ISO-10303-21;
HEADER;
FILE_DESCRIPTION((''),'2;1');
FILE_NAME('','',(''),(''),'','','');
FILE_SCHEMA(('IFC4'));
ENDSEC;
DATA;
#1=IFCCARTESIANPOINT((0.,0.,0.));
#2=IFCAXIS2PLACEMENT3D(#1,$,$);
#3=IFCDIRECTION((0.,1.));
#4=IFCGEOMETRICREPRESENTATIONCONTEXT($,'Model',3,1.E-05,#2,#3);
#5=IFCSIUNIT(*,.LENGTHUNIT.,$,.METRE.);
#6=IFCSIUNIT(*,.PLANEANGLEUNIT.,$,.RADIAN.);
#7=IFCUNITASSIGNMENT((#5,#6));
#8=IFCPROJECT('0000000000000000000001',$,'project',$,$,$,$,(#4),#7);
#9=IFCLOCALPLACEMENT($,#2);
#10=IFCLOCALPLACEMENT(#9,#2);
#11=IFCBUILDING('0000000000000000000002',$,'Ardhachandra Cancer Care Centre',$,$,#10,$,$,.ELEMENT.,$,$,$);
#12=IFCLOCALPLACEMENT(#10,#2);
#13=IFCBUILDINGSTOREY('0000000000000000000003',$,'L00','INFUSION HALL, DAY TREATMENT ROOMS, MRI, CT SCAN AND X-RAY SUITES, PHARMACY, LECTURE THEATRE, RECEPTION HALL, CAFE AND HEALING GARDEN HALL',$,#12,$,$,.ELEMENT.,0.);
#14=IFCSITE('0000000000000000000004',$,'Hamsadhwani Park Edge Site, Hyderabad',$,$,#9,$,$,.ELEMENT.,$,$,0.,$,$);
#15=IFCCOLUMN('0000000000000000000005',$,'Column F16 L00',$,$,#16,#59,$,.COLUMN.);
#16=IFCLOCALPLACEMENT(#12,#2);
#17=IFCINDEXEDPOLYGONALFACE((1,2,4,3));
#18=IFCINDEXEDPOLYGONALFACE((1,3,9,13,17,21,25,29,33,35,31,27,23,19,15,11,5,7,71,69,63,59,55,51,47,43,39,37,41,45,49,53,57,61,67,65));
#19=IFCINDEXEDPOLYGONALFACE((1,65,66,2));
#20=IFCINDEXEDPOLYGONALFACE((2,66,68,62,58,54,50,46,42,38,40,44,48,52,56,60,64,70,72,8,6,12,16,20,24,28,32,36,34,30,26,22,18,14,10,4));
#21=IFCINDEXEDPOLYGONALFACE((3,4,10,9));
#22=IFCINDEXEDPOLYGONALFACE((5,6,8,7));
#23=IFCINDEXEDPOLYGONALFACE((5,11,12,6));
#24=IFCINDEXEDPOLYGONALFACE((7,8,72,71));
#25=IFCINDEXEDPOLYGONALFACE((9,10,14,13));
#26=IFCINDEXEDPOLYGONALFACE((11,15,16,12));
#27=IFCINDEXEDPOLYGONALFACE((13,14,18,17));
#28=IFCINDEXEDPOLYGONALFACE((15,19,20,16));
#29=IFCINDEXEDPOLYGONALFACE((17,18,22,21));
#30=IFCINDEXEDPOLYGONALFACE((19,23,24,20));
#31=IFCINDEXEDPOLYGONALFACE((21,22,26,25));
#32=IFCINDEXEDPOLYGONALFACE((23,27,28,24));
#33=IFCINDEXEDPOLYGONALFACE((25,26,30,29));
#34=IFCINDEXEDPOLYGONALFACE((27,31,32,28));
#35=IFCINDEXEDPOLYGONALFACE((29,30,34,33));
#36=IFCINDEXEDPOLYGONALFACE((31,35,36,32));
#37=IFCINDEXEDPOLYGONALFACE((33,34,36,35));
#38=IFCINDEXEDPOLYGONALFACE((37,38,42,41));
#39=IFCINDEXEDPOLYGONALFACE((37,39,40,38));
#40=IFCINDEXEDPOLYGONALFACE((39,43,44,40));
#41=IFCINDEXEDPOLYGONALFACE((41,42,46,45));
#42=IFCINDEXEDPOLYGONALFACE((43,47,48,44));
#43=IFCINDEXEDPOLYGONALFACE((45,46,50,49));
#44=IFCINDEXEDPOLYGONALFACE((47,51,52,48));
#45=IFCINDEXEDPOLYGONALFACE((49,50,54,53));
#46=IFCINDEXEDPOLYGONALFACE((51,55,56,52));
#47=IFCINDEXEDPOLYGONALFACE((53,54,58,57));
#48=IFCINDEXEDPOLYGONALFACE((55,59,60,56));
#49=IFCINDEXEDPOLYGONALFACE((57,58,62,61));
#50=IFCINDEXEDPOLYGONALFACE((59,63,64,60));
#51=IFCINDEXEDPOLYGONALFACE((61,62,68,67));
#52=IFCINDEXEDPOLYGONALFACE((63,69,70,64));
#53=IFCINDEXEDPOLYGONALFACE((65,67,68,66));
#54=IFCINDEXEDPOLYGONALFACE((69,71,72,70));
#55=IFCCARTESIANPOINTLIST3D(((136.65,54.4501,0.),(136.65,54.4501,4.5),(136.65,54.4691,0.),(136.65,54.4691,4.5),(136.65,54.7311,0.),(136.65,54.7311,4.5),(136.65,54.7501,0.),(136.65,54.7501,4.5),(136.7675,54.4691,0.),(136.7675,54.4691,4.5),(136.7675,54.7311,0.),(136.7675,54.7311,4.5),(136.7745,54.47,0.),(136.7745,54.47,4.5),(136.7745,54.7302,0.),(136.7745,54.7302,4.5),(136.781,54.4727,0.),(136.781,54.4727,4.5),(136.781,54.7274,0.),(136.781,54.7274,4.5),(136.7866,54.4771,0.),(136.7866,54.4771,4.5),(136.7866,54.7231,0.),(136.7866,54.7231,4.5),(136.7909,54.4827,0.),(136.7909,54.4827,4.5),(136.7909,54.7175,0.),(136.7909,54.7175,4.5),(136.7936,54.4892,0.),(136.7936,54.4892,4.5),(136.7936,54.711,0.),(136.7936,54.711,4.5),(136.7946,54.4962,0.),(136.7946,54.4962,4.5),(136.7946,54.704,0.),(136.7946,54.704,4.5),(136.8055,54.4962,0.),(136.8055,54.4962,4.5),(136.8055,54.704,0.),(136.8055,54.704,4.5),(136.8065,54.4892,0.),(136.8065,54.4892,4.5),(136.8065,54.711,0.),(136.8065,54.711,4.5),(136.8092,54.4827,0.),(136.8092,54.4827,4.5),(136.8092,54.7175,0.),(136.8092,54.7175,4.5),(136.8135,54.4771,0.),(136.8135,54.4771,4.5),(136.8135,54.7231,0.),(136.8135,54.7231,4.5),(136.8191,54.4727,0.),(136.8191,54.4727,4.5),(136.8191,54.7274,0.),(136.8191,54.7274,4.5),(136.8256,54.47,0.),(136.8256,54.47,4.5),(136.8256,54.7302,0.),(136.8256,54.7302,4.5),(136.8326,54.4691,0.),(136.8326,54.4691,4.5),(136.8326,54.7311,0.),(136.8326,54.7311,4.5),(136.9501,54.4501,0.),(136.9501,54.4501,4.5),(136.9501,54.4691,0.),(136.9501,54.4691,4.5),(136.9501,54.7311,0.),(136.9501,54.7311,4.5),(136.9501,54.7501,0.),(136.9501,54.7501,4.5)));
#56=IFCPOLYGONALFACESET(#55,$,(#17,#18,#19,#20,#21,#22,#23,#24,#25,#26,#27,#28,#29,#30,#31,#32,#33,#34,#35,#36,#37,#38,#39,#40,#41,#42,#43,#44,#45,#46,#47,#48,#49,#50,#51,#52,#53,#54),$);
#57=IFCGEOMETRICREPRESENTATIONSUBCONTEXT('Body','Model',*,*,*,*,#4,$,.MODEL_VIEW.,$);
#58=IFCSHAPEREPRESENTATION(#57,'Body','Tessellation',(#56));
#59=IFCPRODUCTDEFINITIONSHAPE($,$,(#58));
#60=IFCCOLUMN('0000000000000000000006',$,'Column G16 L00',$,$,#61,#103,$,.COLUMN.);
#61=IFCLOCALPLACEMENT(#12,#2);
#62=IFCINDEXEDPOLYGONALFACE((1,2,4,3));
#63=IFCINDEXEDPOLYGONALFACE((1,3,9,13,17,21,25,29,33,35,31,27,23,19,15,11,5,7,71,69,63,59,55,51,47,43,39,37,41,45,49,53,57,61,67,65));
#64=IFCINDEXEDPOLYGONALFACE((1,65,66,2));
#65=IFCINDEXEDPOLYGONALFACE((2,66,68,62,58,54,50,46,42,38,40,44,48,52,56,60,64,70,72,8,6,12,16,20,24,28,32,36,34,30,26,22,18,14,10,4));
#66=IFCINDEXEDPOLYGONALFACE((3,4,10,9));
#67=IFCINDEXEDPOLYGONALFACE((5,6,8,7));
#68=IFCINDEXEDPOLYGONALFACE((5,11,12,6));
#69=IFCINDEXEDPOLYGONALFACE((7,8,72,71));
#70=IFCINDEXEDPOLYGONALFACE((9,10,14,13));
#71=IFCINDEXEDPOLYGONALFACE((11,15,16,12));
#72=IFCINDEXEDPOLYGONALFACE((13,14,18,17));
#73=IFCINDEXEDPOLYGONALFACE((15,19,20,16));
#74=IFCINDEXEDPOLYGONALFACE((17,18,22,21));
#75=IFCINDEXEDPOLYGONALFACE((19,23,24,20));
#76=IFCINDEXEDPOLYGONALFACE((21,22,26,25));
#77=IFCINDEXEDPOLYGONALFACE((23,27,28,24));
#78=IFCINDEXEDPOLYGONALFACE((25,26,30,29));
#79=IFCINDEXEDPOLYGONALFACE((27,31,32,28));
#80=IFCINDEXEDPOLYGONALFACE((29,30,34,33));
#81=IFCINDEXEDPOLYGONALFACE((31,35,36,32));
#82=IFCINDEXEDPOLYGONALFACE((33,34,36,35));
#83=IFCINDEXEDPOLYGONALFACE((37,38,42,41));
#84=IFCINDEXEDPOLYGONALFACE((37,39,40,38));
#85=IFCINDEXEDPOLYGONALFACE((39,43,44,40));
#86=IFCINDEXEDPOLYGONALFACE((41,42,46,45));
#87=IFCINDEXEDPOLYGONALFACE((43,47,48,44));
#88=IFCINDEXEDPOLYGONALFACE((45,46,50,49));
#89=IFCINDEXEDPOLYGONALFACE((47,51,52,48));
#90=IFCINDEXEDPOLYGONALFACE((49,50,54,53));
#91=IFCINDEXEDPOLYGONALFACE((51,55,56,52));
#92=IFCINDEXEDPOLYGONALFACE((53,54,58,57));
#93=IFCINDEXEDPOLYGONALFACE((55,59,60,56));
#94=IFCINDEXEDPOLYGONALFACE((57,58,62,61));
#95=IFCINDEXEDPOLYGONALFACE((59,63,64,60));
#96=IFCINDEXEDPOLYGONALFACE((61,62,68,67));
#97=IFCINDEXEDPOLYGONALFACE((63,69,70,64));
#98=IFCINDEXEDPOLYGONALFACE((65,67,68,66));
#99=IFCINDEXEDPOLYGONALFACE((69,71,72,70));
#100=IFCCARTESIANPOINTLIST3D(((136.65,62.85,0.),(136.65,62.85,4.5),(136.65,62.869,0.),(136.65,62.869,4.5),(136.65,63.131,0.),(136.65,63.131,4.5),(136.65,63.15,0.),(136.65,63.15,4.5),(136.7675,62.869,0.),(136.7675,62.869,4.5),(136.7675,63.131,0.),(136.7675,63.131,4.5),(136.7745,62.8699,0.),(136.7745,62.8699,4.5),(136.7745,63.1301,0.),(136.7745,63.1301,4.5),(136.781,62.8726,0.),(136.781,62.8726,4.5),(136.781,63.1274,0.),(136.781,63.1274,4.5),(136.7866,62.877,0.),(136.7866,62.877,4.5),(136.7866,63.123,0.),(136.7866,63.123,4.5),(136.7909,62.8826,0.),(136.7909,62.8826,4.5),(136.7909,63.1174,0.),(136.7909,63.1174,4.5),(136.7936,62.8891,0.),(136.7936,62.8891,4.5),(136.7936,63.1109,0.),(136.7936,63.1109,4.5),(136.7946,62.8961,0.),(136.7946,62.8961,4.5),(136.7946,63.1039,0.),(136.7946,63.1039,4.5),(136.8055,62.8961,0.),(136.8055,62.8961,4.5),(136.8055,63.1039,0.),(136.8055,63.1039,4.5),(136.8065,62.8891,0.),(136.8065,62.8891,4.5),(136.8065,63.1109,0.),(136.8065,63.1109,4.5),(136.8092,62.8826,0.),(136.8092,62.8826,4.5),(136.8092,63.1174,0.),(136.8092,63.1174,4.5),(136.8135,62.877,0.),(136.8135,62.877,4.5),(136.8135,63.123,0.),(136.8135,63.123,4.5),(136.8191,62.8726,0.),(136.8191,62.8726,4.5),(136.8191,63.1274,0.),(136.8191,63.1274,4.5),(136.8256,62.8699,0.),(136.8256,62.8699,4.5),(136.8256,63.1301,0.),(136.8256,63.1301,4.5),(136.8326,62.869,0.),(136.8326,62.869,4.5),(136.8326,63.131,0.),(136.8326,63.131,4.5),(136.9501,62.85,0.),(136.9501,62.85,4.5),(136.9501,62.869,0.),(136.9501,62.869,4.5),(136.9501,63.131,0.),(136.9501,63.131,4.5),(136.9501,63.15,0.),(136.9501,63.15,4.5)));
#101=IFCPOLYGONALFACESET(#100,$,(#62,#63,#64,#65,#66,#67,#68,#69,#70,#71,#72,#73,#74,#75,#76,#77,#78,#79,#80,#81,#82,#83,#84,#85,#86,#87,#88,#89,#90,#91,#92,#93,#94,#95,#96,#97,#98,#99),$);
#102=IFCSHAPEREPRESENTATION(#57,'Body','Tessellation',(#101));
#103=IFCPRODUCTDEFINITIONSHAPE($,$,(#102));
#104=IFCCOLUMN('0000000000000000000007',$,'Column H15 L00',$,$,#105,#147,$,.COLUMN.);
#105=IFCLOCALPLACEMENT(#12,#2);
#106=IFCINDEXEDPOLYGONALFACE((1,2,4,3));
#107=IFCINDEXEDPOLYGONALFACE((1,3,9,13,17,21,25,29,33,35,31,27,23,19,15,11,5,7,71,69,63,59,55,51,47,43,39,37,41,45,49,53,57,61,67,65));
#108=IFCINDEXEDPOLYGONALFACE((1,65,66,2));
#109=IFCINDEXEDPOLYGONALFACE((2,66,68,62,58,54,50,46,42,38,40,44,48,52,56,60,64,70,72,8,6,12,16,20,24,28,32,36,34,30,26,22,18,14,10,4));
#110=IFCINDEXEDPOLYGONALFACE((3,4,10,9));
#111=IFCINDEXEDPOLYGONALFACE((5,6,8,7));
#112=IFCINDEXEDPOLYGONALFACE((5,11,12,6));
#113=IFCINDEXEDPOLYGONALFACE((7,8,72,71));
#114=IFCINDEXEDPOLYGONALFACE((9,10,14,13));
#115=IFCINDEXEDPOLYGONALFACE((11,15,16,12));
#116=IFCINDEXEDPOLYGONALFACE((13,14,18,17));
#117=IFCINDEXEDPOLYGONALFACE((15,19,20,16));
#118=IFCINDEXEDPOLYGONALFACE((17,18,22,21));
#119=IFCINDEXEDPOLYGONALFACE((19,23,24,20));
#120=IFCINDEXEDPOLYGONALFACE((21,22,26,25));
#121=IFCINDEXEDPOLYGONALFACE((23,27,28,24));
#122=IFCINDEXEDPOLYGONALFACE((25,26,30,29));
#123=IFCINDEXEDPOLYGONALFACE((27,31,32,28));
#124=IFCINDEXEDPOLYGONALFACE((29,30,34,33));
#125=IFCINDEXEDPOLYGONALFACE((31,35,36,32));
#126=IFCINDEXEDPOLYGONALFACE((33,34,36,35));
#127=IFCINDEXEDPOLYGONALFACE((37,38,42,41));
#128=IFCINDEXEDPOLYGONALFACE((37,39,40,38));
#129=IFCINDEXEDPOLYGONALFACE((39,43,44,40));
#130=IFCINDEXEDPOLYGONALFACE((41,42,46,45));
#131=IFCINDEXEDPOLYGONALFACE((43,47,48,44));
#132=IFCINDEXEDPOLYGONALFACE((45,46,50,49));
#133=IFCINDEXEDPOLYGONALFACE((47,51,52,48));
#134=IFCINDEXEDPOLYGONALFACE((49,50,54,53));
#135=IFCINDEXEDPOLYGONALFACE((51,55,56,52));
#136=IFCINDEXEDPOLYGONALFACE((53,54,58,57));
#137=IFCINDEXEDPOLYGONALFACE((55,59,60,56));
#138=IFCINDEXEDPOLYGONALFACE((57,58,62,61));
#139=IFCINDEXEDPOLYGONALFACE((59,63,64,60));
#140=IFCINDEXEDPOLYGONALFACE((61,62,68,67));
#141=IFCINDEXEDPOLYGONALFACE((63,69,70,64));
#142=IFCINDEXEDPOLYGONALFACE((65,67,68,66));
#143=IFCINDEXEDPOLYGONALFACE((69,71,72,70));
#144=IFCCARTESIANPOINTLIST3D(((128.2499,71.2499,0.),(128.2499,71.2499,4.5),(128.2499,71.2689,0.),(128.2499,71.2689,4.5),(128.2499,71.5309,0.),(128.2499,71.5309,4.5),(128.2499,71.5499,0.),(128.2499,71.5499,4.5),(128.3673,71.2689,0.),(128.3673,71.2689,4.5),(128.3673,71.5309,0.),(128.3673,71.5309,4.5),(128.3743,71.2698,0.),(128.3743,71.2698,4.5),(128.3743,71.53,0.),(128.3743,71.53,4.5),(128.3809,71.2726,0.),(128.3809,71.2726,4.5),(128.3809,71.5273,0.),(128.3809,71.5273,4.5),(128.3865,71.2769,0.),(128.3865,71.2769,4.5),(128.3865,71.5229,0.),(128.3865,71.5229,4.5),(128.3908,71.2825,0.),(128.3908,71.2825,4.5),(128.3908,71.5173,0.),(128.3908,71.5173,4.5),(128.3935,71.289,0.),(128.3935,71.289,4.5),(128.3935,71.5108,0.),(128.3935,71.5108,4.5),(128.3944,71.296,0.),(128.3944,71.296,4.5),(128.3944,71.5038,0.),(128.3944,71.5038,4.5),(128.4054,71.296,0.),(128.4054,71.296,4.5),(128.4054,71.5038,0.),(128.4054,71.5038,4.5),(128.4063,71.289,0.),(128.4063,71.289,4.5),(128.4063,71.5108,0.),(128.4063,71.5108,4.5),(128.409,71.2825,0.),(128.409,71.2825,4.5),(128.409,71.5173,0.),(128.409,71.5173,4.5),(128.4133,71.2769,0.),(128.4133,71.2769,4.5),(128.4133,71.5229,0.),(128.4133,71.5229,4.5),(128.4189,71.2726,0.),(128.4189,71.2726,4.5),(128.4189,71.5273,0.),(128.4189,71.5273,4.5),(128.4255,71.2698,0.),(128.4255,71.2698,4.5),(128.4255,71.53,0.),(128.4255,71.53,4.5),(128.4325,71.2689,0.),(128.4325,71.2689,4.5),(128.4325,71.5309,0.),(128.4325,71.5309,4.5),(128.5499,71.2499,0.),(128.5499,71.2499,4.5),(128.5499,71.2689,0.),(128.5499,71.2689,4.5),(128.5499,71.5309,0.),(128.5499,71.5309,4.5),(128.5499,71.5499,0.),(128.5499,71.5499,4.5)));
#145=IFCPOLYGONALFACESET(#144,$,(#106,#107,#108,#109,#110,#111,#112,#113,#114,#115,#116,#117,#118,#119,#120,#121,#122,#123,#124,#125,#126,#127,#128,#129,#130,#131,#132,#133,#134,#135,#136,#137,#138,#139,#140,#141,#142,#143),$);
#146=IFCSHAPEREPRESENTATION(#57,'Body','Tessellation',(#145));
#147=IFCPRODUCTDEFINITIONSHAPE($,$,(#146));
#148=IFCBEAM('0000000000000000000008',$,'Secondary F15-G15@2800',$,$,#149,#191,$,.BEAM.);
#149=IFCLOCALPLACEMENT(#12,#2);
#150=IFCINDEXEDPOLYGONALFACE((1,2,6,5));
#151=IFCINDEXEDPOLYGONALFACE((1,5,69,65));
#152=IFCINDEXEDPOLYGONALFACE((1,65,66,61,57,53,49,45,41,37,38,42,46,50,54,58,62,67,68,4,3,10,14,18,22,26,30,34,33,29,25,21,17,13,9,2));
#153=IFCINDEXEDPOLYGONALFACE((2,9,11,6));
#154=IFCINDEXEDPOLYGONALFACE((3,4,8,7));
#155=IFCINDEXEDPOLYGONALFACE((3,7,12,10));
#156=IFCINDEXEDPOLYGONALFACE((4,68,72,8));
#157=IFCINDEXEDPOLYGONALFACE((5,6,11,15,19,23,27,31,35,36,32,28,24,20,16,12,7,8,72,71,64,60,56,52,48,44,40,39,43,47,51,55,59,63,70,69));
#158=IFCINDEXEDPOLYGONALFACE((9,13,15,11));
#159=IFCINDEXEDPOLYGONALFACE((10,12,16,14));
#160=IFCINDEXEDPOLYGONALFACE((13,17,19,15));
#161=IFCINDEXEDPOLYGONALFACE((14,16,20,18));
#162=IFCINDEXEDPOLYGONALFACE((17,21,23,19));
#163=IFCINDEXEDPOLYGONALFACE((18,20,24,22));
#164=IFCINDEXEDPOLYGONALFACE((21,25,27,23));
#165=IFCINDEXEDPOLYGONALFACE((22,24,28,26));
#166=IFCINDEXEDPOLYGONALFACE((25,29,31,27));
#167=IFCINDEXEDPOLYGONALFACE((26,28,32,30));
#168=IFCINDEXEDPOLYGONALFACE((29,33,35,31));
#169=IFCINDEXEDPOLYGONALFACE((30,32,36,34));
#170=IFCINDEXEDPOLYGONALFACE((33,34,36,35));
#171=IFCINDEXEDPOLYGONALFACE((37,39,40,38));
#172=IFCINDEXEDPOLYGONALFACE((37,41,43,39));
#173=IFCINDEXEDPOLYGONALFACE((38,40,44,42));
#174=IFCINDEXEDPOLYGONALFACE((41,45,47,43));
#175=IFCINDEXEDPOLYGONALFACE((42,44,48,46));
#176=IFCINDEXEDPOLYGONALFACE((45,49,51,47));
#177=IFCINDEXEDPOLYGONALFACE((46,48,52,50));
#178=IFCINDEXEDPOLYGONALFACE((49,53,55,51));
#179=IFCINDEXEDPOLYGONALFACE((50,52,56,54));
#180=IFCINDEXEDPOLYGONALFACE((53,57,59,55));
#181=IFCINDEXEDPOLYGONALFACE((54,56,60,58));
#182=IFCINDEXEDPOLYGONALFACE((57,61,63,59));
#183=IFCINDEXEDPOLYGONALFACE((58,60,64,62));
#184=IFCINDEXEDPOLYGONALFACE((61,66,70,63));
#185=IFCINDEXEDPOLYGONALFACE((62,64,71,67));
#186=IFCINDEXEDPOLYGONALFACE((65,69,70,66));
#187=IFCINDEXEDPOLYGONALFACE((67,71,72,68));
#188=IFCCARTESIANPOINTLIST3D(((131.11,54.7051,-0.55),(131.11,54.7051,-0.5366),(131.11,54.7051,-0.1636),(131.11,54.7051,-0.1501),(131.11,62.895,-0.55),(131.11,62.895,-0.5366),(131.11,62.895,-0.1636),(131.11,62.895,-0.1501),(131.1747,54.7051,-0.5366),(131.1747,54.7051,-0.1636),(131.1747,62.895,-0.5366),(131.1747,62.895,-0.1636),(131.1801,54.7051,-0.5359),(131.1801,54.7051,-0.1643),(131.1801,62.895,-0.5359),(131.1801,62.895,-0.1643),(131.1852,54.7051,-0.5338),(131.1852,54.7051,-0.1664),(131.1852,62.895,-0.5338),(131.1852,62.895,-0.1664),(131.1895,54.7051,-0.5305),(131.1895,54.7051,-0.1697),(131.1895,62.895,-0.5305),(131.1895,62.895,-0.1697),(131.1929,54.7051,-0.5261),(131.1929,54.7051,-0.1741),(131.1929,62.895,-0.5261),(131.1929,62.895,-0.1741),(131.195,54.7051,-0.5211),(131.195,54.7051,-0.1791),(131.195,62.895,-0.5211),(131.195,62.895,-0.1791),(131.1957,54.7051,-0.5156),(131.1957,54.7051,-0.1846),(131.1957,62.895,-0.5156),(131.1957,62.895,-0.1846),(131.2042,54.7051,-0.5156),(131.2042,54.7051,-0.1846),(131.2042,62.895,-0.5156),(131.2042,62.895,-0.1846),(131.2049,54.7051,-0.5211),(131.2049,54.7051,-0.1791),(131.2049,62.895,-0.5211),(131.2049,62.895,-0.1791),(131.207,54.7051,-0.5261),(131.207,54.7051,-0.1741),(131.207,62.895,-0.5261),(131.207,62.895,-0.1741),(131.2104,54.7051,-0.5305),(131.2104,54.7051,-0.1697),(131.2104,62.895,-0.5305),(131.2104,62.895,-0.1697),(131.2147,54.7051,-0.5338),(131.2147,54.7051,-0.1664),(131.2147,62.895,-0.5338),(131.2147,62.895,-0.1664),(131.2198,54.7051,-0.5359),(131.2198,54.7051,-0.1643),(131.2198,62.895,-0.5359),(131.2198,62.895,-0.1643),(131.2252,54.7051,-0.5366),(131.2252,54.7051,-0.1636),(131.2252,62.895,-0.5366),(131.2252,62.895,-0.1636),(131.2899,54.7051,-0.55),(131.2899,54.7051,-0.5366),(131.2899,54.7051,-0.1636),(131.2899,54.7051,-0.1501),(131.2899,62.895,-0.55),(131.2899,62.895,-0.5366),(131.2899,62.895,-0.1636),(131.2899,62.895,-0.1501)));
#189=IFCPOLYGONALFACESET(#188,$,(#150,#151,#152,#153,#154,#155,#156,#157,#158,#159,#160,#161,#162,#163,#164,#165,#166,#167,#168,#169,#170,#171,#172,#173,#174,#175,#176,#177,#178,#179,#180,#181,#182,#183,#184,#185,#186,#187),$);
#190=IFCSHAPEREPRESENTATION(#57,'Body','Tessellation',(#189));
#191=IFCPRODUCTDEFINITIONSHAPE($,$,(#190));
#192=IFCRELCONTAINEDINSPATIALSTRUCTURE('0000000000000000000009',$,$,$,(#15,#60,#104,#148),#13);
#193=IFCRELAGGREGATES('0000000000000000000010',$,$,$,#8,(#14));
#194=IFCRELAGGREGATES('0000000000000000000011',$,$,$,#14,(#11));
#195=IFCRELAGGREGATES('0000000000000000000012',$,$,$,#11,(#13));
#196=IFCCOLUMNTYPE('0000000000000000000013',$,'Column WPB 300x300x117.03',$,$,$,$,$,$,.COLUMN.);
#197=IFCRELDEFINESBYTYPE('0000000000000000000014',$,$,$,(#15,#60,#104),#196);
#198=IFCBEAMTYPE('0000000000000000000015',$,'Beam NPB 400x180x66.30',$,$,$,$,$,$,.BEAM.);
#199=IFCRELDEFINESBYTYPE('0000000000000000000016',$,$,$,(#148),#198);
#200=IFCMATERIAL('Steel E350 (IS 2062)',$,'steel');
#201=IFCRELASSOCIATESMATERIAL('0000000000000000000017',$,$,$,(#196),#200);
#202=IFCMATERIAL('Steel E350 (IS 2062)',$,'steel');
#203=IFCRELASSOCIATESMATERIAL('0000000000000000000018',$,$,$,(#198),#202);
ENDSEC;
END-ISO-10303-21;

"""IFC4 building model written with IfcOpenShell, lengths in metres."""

from ifc_helpers import new_model, si_unit, direction, frame, origin, origin_2d, place, context, subcontext, project, spatial, i_section, extrude, material, material_profile, profile_set, type_object, element, save


model = new_model("IFC4")

# Units and contexts
model_context = context("Model", 3, precision=1e-05, world=origin(), true_north=direction((0.0, 1.0)))
body_context = subcontext(model_context, "Body", "Model", "MODEL_VIEW")
ifc_project = project(units=[si_unit("LENGTHUNIT", "METRE"), si_unit("PLANEANGLEUNIT", "RADIAN")], contexts=[model_context])

# Site, building, storey
site_placement = place(None, origin())
site = spatial("IfcSite", under=ifc_project, at=site_placement, Name="Hamsadhwani Park Edge Site, Hyderabad", CompositionType="ELEMENT", RefElevation=0.0)
building_placement = place(site_placement, origin())
building = spatial("IfcBuilding", under=site, at=building_placement, Name="Ardhachandra Cancer Care Centre", CompositionType="ELEMENT")
storey_placement = place(building_placement, origin())
storey = spatial("IfcBuildingStorey", under=building, at=storey_placement, Name="L00", Description="INFUSION HALL, DAY TREATMENT ROOMS, MRI, CT SCAN AND X-RAY SUITES, PHARMACY, LECTURE THEATRE, RECEPTION HALL, CAFE AND HEALING GARDEN HALL", CompositionType="ELEMENT", Elevation=0.0)

# Columns
ifc_material_1 = material(Name="Steel E350 (IS 2062)", Category="steel")
ifc_material_profile_1 = material_profile(ifc_material_1, i_section(OverallWidth=0.3, OverallDepth=0.3, WebThickness=0.011, FlangeThickness=0.019, FilletRadius=0.0271, at=origin_2d()), Name="WPB 300x300x117.03")
ifc_profile_set_1 = profile_set([ifc_material_profile_1], Name="Steel E350 (IS 2062)")
column_type = type_object("IfcColumnType", Name="Column WPB 300x300x117.03", PredefinedType="COLUMN", material=ifc_profile_set_1)
for number, where, z_axis, x_axis, name in (
    (1, (136.8, 54.6001, 0.0), (0.0, 0.0, 1.0), (1.0, 0.0, 0.0), "Column F16 L00"),
    (2, (136.8, 63.0, 0.0), (0.0, 0.0, 1.0), (1.0, 0.0, 0.0), "Column G16 L00"),
    (3, (128.3999, 71.3999, 0.0), (0.0, 0.0, 1.0), (1.0, 0.0, 0.0), "Column H15 L00"),
):
    element("IfcColumn", number, at=place(storey_placement, frame(where, z_axis=z_axis, x_axis=x_axis)), inside=storey, type_object=column_type, Name=name, PredefinedType="COLUMN", context=body_context, shape_type="SweptSolid", body=[
        extrude(i_section(OverallWidth=0.3, OverallDepth=0.3, WebThickness=0.011, FlangeThickness=0.019, FilletRadius=0.0271, at=origin_2d()), origin(), (0.0, 0.0, 1.0), 4.5),
    ])

# Beam
ifc_material_2 = material(Name="Steel E350 (IS 2062)", Category="steel")
ifc_material_profile_2 = material_profile(ifc_material_2, i_section(OverallWidth=0.1799, OverallDepth=0.3999, WebThickness=0.0085, FlangeThickness=0.0134, FilletRadius=0.021, at=origin_2d()), Name="NPB 400x180x66.30")
ifc_profile_set_2 = profile_set([ifc_material_profile_2], Name="Steel E350 (IS 2062)")
beam_type_1 = type_object("IfcBeamType", Name="Beam NPB 400x180x66.30", PredefinedType="BEAM", material=ifc_profile_set_2)
for number, where, z_axis, x_axis, name in (
    (4, (131.2, 54.7051, -0.3501), (0.0, 1.0, 0.0), (-1.0, 0.0, 0.0), "Secondary F15-G15@2800"),
):
    element("IfcBeam", number, at=place(storey_placement, frame(where, z_axis=z_axis, x_axis=x_axis)), inside=storey, type_object=beam_type_1, Name=name, PredefinedType="BEAM", context=body_context, shape_type="SweptSolid", body=[
        extrude(i_section(OverallWidth=0.1799, OverallDepth=0.3999, WebThickness=0.0085, FlangeThickness=0.0134, FilletRadius=0.021, at=origin_2d()), origin(), (0.0, 0.0, 1.0), 8.1899),
    ])

save(model, "model.ifc")
